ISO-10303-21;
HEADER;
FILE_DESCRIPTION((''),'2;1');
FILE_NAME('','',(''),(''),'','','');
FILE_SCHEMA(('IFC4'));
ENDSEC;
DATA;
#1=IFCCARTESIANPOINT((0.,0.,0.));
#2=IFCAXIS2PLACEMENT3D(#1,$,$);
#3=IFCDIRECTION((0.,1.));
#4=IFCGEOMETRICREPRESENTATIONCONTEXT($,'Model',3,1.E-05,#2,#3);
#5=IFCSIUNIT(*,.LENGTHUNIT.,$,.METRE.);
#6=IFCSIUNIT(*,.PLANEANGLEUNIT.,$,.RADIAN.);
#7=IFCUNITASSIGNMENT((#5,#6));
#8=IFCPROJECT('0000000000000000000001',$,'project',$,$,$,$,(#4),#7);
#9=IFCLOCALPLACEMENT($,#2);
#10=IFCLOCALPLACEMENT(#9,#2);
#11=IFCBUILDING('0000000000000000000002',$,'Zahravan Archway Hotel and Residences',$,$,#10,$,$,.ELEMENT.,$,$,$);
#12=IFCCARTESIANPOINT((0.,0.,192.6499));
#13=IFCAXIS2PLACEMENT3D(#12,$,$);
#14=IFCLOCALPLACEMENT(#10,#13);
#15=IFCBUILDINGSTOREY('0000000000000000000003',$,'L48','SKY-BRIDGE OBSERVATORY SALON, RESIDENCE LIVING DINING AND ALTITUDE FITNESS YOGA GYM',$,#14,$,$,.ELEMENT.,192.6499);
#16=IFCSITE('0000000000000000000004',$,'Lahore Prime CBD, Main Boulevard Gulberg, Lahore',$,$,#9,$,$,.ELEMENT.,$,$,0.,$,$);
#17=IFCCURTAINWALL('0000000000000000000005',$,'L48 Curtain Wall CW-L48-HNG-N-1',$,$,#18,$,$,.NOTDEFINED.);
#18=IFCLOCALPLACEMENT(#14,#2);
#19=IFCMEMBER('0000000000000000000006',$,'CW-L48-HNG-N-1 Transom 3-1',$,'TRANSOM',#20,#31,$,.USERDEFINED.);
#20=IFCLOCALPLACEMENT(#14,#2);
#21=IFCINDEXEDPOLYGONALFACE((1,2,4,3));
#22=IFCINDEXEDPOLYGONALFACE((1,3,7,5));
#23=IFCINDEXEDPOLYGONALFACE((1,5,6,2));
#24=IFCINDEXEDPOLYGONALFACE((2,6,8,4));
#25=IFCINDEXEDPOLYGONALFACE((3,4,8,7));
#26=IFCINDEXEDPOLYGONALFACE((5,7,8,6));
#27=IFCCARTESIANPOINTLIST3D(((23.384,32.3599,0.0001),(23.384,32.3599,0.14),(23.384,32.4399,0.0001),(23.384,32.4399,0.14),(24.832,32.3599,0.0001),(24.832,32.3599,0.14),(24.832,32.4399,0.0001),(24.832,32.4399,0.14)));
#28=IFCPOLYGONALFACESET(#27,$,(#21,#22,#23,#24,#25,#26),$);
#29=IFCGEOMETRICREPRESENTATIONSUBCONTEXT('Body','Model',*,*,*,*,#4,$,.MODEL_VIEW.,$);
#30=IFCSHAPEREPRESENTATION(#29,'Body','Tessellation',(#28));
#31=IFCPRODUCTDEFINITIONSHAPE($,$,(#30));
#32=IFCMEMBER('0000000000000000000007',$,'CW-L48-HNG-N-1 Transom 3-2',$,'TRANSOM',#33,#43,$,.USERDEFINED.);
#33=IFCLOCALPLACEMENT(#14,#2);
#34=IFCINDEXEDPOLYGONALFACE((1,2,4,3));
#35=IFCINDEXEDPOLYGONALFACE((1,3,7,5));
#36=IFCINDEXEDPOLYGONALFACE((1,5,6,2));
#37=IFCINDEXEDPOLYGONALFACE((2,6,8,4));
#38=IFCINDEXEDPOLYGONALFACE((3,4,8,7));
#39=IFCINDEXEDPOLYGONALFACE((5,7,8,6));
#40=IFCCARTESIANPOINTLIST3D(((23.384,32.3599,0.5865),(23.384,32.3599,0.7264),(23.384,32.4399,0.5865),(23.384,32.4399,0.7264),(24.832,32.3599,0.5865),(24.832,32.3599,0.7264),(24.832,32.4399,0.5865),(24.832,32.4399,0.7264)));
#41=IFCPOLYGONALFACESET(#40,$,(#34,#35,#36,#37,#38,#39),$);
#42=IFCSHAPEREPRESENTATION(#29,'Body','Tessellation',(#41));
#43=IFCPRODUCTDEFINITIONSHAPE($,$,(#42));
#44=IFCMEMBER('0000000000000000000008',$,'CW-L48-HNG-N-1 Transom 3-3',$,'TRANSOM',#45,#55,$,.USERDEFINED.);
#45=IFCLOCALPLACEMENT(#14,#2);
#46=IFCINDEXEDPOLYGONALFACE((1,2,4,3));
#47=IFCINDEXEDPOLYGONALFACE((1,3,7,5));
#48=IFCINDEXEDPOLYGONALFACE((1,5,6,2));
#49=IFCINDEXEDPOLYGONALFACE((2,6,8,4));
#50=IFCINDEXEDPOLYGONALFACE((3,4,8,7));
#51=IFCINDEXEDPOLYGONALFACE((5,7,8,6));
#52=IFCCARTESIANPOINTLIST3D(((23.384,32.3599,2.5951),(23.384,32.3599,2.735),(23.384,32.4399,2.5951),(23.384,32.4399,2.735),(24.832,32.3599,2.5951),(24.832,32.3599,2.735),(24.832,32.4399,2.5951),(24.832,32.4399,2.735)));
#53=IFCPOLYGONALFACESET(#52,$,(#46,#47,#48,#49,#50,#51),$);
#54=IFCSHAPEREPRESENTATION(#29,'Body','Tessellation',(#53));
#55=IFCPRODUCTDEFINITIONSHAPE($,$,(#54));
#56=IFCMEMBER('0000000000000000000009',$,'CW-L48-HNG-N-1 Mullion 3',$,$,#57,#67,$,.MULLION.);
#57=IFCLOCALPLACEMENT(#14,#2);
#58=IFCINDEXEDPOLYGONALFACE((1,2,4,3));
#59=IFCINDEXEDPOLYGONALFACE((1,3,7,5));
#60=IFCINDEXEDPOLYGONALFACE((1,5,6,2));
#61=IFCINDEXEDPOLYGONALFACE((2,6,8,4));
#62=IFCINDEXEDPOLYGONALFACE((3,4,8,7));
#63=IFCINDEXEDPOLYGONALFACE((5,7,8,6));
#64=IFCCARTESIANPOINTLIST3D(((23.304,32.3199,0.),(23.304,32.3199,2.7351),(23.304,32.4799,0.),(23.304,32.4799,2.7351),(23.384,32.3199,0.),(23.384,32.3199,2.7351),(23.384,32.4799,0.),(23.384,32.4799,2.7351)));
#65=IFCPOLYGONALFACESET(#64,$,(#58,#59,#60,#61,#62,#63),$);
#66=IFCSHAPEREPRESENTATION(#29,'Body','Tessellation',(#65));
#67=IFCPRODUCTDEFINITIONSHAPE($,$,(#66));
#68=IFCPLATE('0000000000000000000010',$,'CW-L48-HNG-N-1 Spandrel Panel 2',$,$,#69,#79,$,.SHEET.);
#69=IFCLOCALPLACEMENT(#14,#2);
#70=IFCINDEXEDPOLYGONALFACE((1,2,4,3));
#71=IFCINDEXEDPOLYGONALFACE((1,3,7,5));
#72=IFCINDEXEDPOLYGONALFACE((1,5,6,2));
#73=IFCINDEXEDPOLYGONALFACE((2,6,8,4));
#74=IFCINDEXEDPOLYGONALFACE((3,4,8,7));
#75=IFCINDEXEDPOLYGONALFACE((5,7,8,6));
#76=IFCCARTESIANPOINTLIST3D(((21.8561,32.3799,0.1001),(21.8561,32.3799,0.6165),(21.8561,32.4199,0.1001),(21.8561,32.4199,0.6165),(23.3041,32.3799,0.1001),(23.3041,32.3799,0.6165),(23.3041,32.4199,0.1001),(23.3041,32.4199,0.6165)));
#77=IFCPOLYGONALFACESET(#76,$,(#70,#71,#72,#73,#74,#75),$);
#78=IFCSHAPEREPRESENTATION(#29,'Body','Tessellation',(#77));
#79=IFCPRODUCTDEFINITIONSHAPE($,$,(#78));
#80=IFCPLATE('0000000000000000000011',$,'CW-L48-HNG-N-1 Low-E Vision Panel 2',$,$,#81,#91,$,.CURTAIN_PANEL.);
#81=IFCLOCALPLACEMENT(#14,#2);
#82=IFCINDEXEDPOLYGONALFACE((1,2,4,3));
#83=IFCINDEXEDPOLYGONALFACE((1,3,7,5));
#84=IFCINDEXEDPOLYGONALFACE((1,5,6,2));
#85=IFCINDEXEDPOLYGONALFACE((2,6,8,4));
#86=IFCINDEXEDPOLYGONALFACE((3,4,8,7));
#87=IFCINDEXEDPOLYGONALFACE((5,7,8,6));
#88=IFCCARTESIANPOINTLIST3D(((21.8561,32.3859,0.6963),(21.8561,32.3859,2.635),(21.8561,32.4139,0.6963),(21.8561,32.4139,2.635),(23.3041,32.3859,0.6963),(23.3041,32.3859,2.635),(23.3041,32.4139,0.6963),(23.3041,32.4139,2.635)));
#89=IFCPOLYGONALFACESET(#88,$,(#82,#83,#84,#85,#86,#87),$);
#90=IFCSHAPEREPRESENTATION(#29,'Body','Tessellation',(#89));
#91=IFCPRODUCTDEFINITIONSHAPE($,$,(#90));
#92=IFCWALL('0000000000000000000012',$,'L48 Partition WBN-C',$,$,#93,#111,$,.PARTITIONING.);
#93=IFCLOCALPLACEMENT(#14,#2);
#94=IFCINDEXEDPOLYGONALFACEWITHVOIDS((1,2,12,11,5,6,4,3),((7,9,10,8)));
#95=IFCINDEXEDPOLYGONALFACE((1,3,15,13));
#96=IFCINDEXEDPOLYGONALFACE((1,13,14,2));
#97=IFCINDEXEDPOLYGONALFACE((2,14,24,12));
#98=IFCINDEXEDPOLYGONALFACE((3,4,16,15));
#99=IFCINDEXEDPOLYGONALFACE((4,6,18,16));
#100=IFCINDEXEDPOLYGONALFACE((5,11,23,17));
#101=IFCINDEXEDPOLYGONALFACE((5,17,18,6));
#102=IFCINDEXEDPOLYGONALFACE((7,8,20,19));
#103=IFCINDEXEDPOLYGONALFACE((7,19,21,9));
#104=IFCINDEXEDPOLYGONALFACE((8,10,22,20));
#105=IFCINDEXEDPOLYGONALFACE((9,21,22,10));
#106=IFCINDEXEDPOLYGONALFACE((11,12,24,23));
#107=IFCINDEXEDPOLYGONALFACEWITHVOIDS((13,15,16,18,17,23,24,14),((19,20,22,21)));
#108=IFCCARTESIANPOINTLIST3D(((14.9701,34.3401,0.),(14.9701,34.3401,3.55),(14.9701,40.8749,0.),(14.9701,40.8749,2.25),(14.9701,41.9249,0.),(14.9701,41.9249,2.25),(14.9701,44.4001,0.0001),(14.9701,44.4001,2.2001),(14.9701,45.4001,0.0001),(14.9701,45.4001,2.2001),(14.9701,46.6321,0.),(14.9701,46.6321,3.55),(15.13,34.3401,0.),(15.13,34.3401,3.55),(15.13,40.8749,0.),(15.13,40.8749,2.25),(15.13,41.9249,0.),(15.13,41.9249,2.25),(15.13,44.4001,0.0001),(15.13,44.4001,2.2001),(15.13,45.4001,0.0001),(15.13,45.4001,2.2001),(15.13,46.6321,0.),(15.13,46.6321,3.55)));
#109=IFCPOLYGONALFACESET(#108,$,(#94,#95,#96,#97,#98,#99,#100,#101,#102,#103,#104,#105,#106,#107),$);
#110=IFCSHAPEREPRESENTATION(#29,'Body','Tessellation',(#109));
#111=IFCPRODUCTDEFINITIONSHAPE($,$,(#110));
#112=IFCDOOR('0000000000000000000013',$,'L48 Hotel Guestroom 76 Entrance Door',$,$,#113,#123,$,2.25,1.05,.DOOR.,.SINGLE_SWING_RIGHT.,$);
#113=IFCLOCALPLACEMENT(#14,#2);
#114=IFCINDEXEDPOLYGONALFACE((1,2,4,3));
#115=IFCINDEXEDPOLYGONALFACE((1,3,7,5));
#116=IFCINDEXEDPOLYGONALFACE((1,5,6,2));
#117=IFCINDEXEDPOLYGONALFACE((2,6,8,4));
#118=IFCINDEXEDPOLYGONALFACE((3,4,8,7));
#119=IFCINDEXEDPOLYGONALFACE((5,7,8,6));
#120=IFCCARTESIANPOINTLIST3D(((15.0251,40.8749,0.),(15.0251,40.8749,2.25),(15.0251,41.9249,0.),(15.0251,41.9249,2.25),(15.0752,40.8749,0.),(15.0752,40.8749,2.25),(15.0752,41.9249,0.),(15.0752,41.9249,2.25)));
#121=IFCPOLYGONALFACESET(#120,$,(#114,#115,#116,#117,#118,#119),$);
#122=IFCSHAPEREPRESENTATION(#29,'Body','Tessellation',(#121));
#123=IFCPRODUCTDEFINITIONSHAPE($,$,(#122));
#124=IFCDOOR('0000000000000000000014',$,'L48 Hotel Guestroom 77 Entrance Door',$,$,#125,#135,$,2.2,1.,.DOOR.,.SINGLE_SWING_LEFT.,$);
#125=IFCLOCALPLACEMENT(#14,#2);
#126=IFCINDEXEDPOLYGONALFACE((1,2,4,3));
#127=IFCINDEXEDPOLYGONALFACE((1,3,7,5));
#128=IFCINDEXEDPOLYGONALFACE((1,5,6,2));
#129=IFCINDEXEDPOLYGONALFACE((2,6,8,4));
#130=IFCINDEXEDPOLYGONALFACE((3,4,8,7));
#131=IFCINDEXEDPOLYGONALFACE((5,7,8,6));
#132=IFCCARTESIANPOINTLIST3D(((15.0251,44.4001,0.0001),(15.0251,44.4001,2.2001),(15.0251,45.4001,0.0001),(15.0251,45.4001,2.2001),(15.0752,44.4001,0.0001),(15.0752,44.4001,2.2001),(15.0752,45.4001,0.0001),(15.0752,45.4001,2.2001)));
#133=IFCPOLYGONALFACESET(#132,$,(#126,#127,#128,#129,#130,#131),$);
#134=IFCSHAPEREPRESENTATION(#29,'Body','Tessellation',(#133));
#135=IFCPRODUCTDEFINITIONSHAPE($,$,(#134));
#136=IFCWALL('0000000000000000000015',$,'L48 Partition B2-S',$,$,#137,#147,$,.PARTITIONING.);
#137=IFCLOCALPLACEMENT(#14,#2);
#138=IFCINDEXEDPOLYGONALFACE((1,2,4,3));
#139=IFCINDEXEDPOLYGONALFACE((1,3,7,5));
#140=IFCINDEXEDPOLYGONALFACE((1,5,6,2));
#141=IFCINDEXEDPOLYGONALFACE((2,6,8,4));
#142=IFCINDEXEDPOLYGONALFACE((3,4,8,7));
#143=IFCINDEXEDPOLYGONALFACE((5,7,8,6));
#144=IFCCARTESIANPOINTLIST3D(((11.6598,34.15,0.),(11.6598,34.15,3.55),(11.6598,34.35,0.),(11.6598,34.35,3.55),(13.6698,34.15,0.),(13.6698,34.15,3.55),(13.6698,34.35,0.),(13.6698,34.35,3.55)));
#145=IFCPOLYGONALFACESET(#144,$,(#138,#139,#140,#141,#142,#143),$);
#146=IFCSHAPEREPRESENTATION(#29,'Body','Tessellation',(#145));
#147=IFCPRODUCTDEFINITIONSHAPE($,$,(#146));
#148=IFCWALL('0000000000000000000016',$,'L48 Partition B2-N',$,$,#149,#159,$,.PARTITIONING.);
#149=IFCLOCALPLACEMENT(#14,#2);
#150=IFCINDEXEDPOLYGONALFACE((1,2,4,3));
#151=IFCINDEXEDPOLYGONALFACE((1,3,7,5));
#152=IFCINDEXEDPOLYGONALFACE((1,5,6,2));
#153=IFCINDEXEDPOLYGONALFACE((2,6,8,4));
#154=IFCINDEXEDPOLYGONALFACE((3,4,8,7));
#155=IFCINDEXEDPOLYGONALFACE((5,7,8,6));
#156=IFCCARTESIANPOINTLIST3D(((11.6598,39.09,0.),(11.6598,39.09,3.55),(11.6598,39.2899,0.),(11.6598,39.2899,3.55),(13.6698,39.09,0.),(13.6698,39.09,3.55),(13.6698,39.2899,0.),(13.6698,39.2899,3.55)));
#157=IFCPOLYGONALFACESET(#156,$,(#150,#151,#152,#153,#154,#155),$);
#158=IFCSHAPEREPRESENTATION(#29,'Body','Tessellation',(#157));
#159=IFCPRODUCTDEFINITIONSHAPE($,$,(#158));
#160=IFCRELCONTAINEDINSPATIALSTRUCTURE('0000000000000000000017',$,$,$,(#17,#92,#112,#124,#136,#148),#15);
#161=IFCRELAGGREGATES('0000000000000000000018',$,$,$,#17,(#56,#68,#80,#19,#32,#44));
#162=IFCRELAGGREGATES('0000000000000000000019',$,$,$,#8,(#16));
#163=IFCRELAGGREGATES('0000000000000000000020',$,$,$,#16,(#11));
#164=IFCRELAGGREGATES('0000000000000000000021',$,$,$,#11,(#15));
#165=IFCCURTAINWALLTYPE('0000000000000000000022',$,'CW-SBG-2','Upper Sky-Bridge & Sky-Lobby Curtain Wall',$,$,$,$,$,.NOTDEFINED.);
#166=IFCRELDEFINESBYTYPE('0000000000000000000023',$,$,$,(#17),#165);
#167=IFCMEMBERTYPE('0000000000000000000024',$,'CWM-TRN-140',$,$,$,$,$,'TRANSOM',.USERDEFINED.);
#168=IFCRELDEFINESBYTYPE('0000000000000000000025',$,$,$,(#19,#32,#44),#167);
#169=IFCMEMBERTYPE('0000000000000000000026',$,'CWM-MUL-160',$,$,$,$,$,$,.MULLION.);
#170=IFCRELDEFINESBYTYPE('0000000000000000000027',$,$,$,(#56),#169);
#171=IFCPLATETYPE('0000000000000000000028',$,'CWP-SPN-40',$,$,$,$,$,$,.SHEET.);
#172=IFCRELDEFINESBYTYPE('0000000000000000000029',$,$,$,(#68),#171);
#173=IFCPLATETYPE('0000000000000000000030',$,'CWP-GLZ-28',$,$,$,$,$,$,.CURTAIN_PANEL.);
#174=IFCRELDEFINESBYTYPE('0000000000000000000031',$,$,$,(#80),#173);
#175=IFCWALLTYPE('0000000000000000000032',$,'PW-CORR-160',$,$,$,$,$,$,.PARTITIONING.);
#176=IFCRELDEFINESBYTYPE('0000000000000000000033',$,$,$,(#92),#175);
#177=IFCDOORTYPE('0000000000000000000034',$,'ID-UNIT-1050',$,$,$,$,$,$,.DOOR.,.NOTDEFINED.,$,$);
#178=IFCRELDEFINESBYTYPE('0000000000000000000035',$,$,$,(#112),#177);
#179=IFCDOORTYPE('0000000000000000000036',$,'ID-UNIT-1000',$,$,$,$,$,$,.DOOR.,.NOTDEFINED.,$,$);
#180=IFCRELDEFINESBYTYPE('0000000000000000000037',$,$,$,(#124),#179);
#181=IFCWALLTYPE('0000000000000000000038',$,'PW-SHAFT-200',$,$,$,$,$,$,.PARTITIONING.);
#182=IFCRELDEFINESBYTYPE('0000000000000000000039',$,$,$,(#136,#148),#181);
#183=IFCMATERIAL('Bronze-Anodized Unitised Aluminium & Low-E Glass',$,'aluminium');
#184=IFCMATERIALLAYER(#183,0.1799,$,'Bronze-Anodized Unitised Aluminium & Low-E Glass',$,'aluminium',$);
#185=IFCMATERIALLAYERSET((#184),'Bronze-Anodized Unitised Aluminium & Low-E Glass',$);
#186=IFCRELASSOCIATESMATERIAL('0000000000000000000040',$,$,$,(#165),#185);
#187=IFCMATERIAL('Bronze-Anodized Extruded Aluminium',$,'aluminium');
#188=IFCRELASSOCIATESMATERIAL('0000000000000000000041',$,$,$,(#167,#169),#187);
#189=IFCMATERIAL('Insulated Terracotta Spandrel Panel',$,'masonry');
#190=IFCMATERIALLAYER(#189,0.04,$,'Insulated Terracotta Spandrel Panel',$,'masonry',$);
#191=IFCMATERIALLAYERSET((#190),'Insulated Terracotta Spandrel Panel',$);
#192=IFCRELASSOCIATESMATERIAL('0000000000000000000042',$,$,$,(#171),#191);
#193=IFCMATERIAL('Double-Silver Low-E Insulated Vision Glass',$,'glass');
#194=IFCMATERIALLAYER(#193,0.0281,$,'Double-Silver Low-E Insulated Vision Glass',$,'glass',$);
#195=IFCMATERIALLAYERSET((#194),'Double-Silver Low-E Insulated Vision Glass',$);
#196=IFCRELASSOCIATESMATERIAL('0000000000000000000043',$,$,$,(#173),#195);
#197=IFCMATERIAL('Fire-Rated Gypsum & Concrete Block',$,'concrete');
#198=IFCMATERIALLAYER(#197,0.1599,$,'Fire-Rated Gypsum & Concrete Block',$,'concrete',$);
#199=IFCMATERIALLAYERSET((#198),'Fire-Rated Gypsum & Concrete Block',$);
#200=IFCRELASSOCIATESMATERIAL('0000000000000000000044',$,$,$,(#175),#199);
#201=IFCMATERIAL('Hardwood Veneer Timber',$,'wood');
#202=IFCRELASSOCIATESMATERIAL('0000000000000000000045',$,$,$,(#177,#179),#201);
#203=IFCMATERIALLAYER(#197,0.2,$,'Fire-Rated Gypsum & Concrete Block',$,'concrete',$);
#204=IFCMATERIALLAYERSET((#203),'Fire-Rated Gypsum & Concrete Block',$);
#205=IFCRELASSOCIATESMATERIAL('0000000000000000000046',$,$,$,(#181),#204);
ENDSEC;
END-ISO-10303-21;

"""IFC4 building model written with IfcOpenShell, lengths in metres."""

from ifc_helpers import new_model, si_unit, direction, frame, frame_2d, origin, origin_2d, place, context, subcontext, project, spatial, rectangle, extrude, source, transform, mapped, material, layer, layer_set, material_profile, profile_set, type_object, type_shapes, element, fill, aggregate, save


model = new_model("IFC4")

# Units and contexts
model_context = context("Model", 3, precision=1e-05, world=origin(), true_north=direction((0.0, 1.0)))
body_context = subcontext(model_context, "Body", "Model", "MODEL_VIEW")
ifc_project = project(units=[si_unit("LENGTHUNIT", "METRE"), si_unit("PLANEANGLEUNIT", "RADIAN")], contexts=[model_context])

# Site, building, storey
site_placement = place(None, origin())
site = spatial("IfcSite", under=ifc_project, at=site_placement, Name="Lahore Prime CBD, Main Boulevard Gulberg, Lahore", CompositionType="ELEMENT", RefElevation=0.0)
building_placement = place(site_placement, origin())
building = spatial("IfcBuilding", under=site, at=building_placement, Name="Zahravan Archway Hotel and Residences", CompositionType="ELEMENT")
storey_placement = place(building_placement, frame((0.0, 0.0, 192.6499)))
storey = spatial("IfcBuildingStorey", under=building, at=storey_placement, Name="L48", Description="SKY-BRIDGE OBSERVATORY SALON, RESIDENCE LIVING DINING AND ALTITUDE FITNESS YOGA GYM", CompositionType="ELEMENT", Elevation=192.6499)

# Curtain wall, members, plates
ifc_material_1 = material(Name="Bronze-Anodized Unitised Aluminium & Low-E Glass", Category="aluminium")
ifc_layer_1 = layer(ifc_material_1, 0.1799, Name="Bronze-Anodized Unitised Aluminium & Low-E Glass", Category="aluminium")
ifc_layer_set_1 = layer_set([ifc_layer_1], Name="Bronze-Anodized Unitised Aluminium & Low-E Glass")
curtain_wall_type = type_object("IfcCurtainWallType", Name="CW-SBG-2", Description="Upper Sky-Bridge & Sky-Lobby Curtain Wall", PredefinedType="NOTDEFINED", material=ifc_layer_set_1)
curtain_wall_placement = place(storey_placement, origin())
curtain_wall = element("IfcCurtainWall", 1, at=curtain_wall_placement, inside=storey, type_object=curtain_wall_type, Name="L48 Curtain Wall CW-L48-HNG-N-1", PredefinedType="NOTDEFINED")
ifc_material_2 = material(Name="Bronze-Anodized Extruded Aluminium", Category="aluminium")
ifc_material_profile_1 = material_profile(ifc_material_2, rectangle(XDim=0.0801, YDim=0.1399, at=origin_2d()), Name="TRN 80x140", Category="aluminium")
ifc_profile_set_1 = profile_set([ifc_material_profile_1], Name="Bronze-Anodized Extruded Aluminium")
member_type_1 = type_object("IfcMemberType", Name="CWM-TRN-140", ElementType="TRANSOM", PredefinedType="USERDEFINED", material=ifc_profile_set_1)
shared_shape_1 = source(origin(), body_context, "Body", "SweptSolid", [
    extrude(rectangle(XDim=0.0801, YDim=0.1399, at=origin_2d()), origin(), (0.0, 0.0, 1.0), 1.448),
])
member_1_placement = place(storey_placement, frame((23.384, 32.3999, 0.0701), z_axis=(1.0, 0.0, 0.0), x_axis=(0.0, 1.0, 0.0)))
member_1 = element("IfcMember", 2, at=member_1_placement, type_object=member_type_1, Name="CW-L48-HNG-N-1 Transom 3-1", ObjectType="TRANSOM", PredefinedType="USERDEFINED", context=body_context, shape_type="MappedRepresentation", body=[
    mapped(shared_shape_1, transform((0.0, 0.0, 0.0), scale=1.0)),
])
member_2_placement = place(storey_placement, frame((23.384, 32.3999, 0.6565), z_axis=(1.0, 0.0, 0.0), x_axis=(0.0, 1.0, 0.0)))
member_2 = element("IfcMember", 3, at=member_2_placement, type_object=member_type_1, Name="CW-L48-HNG-N-1 Transom 3-2", ObjectType="TRANSOM", PredefinedType="USERDEFINED", context=body_context, shape_type="MappedRepresentation", body=[
    mapped(shared_shape_1, transform((0.0, 0.0, 0.0), scale=1.0)),
])
member_3_placement = place(storey_placement, frame((23.384, 32.3999, 2.665), z_axis=(1.0, 0.0, 0.0), x_axis=(0.0, 1.0, 0.0)))
member_3 = element("IfcMember", 4, at=member_3_placement, type_object=member_type_1, Name="CW-L48-HNG-N-1 Transom 3-3", ObjectType="TRANSOM", PredefinedType="USERDEFINED", context=body_context, shape_type="MappedRepresentation", body=[
    mapped(shared_shape_1, transform((0.0, 0.0, 0.0), scale=1.0)),
])
ifc_material_profile_2 = material_profile(ifc_material_2, rectangle(XDim=0.0801, YDim=0.1599, at=origin_2d()), Name="MUL 80x160", Category="aluminium")
ifc_profile_set_2 = profile_set([ifc_material_profile_2], Name="Bronze-Anodized Extruded Aluminium")
member_type_2 = type_object("IfcMemberType", Name="CWM-MUL-160", PredefinedType="MULLION", material=ifc_profile_set_2)
shared_shape_2 = source(origin(), body_context, "Body", "SweptSolid", [
    extrude(rectangle(XDim=0.0801, YDim=0.1599, at=origin_2d()), origin(), (0.0, 0.0, 1.0), 2.7351),
])
member_4_placement = place(storey_placement, frame((23.344, 32.3999, 0.0), z_axis=(0.0, 0.0, 1.0), x_axis=(1.0, 0.0, 0.0)))
member_4 = element("IfcMember", 5, at=member_4_placement, type_object=member_type_2, Name="CW-L48-HNG-N-1 Mullion 3", PredefinedType="MULLION", context=body_context, shape_type="MappedRepresentation", body=[
    mapped(shared_shape_2, transform((0.0, 0.0, 0.0), scale=1.0)),
])
ifc_material_3 = material(Name="Insulated Terracotta Spandrel Panel", Category="masonry")
ifc_layer_2 = layer(ifc_material_3, 0.04, Name="Insulated Terracotta Spandrel Panel", Category="masonry")
ifc_layer_set_2 = layer_set([ifc_layer_2], Name="Insulated Terracotta Spandrel Panel")
plate_type_1 = type_object("IfcPlateType", Name="CWP-SPN-40", PredefinedType="SHEET", material=ifc_layer_set_2)
shared_shape_3 = source(origin(), body_context, "Body", "SweptSolid", [
    extrude(rectangle(XDim=1.448, YDim=0.04, at=origin_2d()), origin(), (0.0, 0.0, 1.0), 0.5164),
])
plate_1_placement = place(storey_placement, frame((22.5801, 32.3999, 0.1001), z_axis=(0.0, 0.0, 1.0), x_axis=(1.0, 0.0, 0.0)))
plate_1 = element("IfcPlate", 6, at=plate_1_placement, type_object=plate_type_1, Name="CW-L48-HNG-N-1 Spandrel Panel 2", PredefinedType="SHEET", context=body_context, shape_type="MappedRepresentation", body=[
    mapped(shared_shape_3, transform((0.0, 0.0, 0.0), scale=1.0)),
])
ifc_material_4 = material(Name="Double-Silver Low-E Insulated Vision Glass", Category="glass")
ifc_layer_3 = layer(ifc_material_4, 0.0281, Name="Double-Silver Low-E Insulated Vision Glass", Category="glass")
ifc_layer_set_3 = layer_set([ifc_layer_3], Name="Double-Silver Low-E Insulated Vision Glass")
plate_type_2 = type_object("IfcPlateType", Name="CWP-GLZ-28", PredefinedType="CURTAIN_PANEL", material=ifc_layer_set_3)
shared_shape_4 = source(origin(), body_context, "Body", "SweptSolid", [
    extrude(rectangle(XDim=1.448, YDim=0.0281, at=origin_2d()), origin(), (0.0, 0.0, 1.0), 1.9387),
])
plate_2_placement = place(storey_placement, frame((22.5801, 32.3999, 0.6963), z_axis=(0.0, 0.0, 1.0), x_axis=(1.0, 0.0, 0.0)))
plate_2 = element("IfcPlate", 7, at=plate_2_placement, type_object=plate_type_2, Name="CW-L48-HNG-N-1 Low-E Vision Panel 2", PredefinedType="CURTAIN_PANEL", context=body_context, shape_type="MappedRepresentation", body=[
    mapped(shared_shape_4, transform((0.0, 0.0, 0.0), scale=1.0)),
])
aggregate(curtain_wall, [member_4, plate_1, plate_2, member_1, member_2, member_3])

# Wall, openings, doors
ifc_material_5 = material(Name="Fire-Rated Gypsum & Concrete Block", Category="concrete")
ifc_layer_4 = layer(ifc_material_5, 0.1599, Name="Fire-Rated Gypsum & Concrete Block", Category="concrete")
ifc_layer_set_4 = layer_set([ifc_layer_4], Name="Fire-Rated Gypsum & Concrete Block")
wall_type_1 = type_object("IfcWallType", Name="PW-CORR-160", PredefinedType="PARTITIONING", material=ifc_layer_set_4)
wall_1_placement = place(storey_placement, frame((15.05, 34.3401, 0.0), z_axis=(0.0, 0.0, 1.0), x_axis=(0.0, 1.0, 0.0)))
wall_1 = element("IfcWall", 8, at=wall_1_placement, inside=storey, type_object=wall_type_1, Name="L48 Partition WBN-C", PredefinedType="PARTITIONING", context=body_context, shape_type="SweptSolid", body=[
    extrude(rectangle(XDim=12.292, YDim=0.1599, at=frame_2d((6.146, 0.0))), origin(), (0.0, 0.0, 1.0), 3.55),
])
opening_1_placement = place(wall_1_placement, frame((6.5349, 0.0, 0.0)))
opening_1 = element("IfcOpeningElement", 9, at=opening_1_placement, cuts=wall_1, PredefinedType="OPENING", context=body_context, shape_type="SweptSolid", body=[
    extrude(rectangle(XDim=1.05, YDim=2.25, at=frame_2d((0.5249, 1.125))), frame((0.0, 0.0898, 0.0), z_axis=(0.0, -1.0, 0.0), x_axis=(1.0, 0.0, 0.0)), (0.0, 0.0, 1.0), 0.1799),
])
opening_2_placement = place(wall_1_placement, frame((10.0601, 0.0, 0.0)))
opening_2 = element("IfcOpeningElement", 10, at=opening_2_placement, cuts=wall_1, PredefinedType="OPENING", context=body_context, shape_type="SweptSolid", body=[
    extrude(rectangle(XDim=1.0, YDim=2.2, at=frame_2d((0.5, 1.1001))), frame((0.0, 0.0898, 0.0), z_axis=(0.0, -1.0, 0.0), x_axis=(1.0, 0.0, 0.0)), (0.0, 0.0, 1.0), 0.1799),
])
ifc_material_6 = material(Name="Hardwood Veneer Timber", Category="wood")
door_type_1 = type_object("IfcDoorType", Name="ID-UNIT-1050", OperationType="NOTDEFINED", PredefinedType="DOOR", material=ifc_material_6)
shared_shape_5 = source(origin(), body_context, "Body", "SweptSolid", [
    extrude(rectangle(XDim=1.05, YDim=2.25, at=frame_2d((0.5249, 1.125))), frame((0.0, 0.0249, 0.0), z_axis=(0.0, -1.0, 0.0), x_axis=(1.0, 0.0, 0.0)), (0.0, 0.0, 1.0), 0.05),
])
type_shapes(door_type_1, [shared_shape_5])
door_1_placement = place(opening_1_placement, origin())
door_1 = element("IfcDoor", 11, at=door_1_placement, inside=storey, type_object=door_type_1, Name="L48 Hotel Guestroom 76 Entrance Door", OperationType="SINGLE_SWING_RIGHT", OverallHeight=2.25, OverallWidth=1.05, PredefinedType="DOOR", context=body_context, shape_type="MappedRepresentation", body=[
    mapped(shared_shape_5, transform((0.0, 0.0, 0.0), scale=1.0)),
])
fill(opening_1, door_1)
door_type_2 = type_object("IfcDoorType", Name="ID-UNIT-1000", OperationType="NOTDEFINED", PredefinedType="DOOR", material=ifc_material_6)
shared_shape_6 = source(origin(), body_context, "Body", "SweptSolid", [
    extrude(rectangle(XDim=1.0, YDim=2.2, at=frame_2d((0.5, 1.1001))), frame((0.0, 0.0249, 0.0), z_axis=(0.0, -1.0, 0.0), x_axis=(1.0, 0.0, 0.0)), (0.0, 0.0, 1.0), 0.05),
])
type_shapes(door_type_2, [shared_shape_6])
door_2_placement = place(opening_2_placement, origin())
door_2 = element("IfcDoor", 12, at=door_2_placement, inside=storey, type_object=door_type_2, Name="L48 Hotel Guestroom 77 Entrance Door", OperationType="SINGLE_SWING_LEFT", OverallHeight=2.2, OverallWidth=1.0, PredefinedType="DOOR", context=body_context, shape_type="MappedRepresentation", body=[
    mapped(shared_shape_6, transform((0.0, 0.0, 0.0), scale=1.0)),
])
fill(opening_2, door_2)

# Walls
ifc_layer_5 = layer(ifc_material_5, 0.2, Name="Fire-Rated Gypsum & Concrete Block", Category="concrete")
ifc_layer_set_5 = layer_set([ifc_layer_5], Name="Fire-Rated Gypsum & Concrete Block")
wall_type_2 = type_object("IfcWallType", Name="PW-SHAFT-200", PredefinedType="PARTITIONING", material=ifc_layer_set_5)
for number, where, z_axis, x_axis, name in (
    (13, (11.6599, 34.25, 0.0), (0.0, 0.0, 1.0), (1.0, 0.0, 0.0), "L48 Partition B2-S"),
    (14, (11.6599, 39.1899, 0.0), (0.0, 0.0, 1.0), (1.0, 0.0, 0.0), "L48 Partition B2-N"),
):
    element("IfcWall", number, at=place(storey_placement, frame(where, z_axis=z_axis, x_axis=x_axis)), inside=storey, type_object=wall_type_2, Name=name, PredefinedType="PARTITIONING", context=body_context, shape_type="SweptSolid", body=[
        extrude(rectangle(XDim=2.01, YDim=0.2, at=frame_2d((1.0049, 0.0))), origin(), (0.0, 0.0, 1.0), 3.55),
    ])

save(model, "model.ifc")
